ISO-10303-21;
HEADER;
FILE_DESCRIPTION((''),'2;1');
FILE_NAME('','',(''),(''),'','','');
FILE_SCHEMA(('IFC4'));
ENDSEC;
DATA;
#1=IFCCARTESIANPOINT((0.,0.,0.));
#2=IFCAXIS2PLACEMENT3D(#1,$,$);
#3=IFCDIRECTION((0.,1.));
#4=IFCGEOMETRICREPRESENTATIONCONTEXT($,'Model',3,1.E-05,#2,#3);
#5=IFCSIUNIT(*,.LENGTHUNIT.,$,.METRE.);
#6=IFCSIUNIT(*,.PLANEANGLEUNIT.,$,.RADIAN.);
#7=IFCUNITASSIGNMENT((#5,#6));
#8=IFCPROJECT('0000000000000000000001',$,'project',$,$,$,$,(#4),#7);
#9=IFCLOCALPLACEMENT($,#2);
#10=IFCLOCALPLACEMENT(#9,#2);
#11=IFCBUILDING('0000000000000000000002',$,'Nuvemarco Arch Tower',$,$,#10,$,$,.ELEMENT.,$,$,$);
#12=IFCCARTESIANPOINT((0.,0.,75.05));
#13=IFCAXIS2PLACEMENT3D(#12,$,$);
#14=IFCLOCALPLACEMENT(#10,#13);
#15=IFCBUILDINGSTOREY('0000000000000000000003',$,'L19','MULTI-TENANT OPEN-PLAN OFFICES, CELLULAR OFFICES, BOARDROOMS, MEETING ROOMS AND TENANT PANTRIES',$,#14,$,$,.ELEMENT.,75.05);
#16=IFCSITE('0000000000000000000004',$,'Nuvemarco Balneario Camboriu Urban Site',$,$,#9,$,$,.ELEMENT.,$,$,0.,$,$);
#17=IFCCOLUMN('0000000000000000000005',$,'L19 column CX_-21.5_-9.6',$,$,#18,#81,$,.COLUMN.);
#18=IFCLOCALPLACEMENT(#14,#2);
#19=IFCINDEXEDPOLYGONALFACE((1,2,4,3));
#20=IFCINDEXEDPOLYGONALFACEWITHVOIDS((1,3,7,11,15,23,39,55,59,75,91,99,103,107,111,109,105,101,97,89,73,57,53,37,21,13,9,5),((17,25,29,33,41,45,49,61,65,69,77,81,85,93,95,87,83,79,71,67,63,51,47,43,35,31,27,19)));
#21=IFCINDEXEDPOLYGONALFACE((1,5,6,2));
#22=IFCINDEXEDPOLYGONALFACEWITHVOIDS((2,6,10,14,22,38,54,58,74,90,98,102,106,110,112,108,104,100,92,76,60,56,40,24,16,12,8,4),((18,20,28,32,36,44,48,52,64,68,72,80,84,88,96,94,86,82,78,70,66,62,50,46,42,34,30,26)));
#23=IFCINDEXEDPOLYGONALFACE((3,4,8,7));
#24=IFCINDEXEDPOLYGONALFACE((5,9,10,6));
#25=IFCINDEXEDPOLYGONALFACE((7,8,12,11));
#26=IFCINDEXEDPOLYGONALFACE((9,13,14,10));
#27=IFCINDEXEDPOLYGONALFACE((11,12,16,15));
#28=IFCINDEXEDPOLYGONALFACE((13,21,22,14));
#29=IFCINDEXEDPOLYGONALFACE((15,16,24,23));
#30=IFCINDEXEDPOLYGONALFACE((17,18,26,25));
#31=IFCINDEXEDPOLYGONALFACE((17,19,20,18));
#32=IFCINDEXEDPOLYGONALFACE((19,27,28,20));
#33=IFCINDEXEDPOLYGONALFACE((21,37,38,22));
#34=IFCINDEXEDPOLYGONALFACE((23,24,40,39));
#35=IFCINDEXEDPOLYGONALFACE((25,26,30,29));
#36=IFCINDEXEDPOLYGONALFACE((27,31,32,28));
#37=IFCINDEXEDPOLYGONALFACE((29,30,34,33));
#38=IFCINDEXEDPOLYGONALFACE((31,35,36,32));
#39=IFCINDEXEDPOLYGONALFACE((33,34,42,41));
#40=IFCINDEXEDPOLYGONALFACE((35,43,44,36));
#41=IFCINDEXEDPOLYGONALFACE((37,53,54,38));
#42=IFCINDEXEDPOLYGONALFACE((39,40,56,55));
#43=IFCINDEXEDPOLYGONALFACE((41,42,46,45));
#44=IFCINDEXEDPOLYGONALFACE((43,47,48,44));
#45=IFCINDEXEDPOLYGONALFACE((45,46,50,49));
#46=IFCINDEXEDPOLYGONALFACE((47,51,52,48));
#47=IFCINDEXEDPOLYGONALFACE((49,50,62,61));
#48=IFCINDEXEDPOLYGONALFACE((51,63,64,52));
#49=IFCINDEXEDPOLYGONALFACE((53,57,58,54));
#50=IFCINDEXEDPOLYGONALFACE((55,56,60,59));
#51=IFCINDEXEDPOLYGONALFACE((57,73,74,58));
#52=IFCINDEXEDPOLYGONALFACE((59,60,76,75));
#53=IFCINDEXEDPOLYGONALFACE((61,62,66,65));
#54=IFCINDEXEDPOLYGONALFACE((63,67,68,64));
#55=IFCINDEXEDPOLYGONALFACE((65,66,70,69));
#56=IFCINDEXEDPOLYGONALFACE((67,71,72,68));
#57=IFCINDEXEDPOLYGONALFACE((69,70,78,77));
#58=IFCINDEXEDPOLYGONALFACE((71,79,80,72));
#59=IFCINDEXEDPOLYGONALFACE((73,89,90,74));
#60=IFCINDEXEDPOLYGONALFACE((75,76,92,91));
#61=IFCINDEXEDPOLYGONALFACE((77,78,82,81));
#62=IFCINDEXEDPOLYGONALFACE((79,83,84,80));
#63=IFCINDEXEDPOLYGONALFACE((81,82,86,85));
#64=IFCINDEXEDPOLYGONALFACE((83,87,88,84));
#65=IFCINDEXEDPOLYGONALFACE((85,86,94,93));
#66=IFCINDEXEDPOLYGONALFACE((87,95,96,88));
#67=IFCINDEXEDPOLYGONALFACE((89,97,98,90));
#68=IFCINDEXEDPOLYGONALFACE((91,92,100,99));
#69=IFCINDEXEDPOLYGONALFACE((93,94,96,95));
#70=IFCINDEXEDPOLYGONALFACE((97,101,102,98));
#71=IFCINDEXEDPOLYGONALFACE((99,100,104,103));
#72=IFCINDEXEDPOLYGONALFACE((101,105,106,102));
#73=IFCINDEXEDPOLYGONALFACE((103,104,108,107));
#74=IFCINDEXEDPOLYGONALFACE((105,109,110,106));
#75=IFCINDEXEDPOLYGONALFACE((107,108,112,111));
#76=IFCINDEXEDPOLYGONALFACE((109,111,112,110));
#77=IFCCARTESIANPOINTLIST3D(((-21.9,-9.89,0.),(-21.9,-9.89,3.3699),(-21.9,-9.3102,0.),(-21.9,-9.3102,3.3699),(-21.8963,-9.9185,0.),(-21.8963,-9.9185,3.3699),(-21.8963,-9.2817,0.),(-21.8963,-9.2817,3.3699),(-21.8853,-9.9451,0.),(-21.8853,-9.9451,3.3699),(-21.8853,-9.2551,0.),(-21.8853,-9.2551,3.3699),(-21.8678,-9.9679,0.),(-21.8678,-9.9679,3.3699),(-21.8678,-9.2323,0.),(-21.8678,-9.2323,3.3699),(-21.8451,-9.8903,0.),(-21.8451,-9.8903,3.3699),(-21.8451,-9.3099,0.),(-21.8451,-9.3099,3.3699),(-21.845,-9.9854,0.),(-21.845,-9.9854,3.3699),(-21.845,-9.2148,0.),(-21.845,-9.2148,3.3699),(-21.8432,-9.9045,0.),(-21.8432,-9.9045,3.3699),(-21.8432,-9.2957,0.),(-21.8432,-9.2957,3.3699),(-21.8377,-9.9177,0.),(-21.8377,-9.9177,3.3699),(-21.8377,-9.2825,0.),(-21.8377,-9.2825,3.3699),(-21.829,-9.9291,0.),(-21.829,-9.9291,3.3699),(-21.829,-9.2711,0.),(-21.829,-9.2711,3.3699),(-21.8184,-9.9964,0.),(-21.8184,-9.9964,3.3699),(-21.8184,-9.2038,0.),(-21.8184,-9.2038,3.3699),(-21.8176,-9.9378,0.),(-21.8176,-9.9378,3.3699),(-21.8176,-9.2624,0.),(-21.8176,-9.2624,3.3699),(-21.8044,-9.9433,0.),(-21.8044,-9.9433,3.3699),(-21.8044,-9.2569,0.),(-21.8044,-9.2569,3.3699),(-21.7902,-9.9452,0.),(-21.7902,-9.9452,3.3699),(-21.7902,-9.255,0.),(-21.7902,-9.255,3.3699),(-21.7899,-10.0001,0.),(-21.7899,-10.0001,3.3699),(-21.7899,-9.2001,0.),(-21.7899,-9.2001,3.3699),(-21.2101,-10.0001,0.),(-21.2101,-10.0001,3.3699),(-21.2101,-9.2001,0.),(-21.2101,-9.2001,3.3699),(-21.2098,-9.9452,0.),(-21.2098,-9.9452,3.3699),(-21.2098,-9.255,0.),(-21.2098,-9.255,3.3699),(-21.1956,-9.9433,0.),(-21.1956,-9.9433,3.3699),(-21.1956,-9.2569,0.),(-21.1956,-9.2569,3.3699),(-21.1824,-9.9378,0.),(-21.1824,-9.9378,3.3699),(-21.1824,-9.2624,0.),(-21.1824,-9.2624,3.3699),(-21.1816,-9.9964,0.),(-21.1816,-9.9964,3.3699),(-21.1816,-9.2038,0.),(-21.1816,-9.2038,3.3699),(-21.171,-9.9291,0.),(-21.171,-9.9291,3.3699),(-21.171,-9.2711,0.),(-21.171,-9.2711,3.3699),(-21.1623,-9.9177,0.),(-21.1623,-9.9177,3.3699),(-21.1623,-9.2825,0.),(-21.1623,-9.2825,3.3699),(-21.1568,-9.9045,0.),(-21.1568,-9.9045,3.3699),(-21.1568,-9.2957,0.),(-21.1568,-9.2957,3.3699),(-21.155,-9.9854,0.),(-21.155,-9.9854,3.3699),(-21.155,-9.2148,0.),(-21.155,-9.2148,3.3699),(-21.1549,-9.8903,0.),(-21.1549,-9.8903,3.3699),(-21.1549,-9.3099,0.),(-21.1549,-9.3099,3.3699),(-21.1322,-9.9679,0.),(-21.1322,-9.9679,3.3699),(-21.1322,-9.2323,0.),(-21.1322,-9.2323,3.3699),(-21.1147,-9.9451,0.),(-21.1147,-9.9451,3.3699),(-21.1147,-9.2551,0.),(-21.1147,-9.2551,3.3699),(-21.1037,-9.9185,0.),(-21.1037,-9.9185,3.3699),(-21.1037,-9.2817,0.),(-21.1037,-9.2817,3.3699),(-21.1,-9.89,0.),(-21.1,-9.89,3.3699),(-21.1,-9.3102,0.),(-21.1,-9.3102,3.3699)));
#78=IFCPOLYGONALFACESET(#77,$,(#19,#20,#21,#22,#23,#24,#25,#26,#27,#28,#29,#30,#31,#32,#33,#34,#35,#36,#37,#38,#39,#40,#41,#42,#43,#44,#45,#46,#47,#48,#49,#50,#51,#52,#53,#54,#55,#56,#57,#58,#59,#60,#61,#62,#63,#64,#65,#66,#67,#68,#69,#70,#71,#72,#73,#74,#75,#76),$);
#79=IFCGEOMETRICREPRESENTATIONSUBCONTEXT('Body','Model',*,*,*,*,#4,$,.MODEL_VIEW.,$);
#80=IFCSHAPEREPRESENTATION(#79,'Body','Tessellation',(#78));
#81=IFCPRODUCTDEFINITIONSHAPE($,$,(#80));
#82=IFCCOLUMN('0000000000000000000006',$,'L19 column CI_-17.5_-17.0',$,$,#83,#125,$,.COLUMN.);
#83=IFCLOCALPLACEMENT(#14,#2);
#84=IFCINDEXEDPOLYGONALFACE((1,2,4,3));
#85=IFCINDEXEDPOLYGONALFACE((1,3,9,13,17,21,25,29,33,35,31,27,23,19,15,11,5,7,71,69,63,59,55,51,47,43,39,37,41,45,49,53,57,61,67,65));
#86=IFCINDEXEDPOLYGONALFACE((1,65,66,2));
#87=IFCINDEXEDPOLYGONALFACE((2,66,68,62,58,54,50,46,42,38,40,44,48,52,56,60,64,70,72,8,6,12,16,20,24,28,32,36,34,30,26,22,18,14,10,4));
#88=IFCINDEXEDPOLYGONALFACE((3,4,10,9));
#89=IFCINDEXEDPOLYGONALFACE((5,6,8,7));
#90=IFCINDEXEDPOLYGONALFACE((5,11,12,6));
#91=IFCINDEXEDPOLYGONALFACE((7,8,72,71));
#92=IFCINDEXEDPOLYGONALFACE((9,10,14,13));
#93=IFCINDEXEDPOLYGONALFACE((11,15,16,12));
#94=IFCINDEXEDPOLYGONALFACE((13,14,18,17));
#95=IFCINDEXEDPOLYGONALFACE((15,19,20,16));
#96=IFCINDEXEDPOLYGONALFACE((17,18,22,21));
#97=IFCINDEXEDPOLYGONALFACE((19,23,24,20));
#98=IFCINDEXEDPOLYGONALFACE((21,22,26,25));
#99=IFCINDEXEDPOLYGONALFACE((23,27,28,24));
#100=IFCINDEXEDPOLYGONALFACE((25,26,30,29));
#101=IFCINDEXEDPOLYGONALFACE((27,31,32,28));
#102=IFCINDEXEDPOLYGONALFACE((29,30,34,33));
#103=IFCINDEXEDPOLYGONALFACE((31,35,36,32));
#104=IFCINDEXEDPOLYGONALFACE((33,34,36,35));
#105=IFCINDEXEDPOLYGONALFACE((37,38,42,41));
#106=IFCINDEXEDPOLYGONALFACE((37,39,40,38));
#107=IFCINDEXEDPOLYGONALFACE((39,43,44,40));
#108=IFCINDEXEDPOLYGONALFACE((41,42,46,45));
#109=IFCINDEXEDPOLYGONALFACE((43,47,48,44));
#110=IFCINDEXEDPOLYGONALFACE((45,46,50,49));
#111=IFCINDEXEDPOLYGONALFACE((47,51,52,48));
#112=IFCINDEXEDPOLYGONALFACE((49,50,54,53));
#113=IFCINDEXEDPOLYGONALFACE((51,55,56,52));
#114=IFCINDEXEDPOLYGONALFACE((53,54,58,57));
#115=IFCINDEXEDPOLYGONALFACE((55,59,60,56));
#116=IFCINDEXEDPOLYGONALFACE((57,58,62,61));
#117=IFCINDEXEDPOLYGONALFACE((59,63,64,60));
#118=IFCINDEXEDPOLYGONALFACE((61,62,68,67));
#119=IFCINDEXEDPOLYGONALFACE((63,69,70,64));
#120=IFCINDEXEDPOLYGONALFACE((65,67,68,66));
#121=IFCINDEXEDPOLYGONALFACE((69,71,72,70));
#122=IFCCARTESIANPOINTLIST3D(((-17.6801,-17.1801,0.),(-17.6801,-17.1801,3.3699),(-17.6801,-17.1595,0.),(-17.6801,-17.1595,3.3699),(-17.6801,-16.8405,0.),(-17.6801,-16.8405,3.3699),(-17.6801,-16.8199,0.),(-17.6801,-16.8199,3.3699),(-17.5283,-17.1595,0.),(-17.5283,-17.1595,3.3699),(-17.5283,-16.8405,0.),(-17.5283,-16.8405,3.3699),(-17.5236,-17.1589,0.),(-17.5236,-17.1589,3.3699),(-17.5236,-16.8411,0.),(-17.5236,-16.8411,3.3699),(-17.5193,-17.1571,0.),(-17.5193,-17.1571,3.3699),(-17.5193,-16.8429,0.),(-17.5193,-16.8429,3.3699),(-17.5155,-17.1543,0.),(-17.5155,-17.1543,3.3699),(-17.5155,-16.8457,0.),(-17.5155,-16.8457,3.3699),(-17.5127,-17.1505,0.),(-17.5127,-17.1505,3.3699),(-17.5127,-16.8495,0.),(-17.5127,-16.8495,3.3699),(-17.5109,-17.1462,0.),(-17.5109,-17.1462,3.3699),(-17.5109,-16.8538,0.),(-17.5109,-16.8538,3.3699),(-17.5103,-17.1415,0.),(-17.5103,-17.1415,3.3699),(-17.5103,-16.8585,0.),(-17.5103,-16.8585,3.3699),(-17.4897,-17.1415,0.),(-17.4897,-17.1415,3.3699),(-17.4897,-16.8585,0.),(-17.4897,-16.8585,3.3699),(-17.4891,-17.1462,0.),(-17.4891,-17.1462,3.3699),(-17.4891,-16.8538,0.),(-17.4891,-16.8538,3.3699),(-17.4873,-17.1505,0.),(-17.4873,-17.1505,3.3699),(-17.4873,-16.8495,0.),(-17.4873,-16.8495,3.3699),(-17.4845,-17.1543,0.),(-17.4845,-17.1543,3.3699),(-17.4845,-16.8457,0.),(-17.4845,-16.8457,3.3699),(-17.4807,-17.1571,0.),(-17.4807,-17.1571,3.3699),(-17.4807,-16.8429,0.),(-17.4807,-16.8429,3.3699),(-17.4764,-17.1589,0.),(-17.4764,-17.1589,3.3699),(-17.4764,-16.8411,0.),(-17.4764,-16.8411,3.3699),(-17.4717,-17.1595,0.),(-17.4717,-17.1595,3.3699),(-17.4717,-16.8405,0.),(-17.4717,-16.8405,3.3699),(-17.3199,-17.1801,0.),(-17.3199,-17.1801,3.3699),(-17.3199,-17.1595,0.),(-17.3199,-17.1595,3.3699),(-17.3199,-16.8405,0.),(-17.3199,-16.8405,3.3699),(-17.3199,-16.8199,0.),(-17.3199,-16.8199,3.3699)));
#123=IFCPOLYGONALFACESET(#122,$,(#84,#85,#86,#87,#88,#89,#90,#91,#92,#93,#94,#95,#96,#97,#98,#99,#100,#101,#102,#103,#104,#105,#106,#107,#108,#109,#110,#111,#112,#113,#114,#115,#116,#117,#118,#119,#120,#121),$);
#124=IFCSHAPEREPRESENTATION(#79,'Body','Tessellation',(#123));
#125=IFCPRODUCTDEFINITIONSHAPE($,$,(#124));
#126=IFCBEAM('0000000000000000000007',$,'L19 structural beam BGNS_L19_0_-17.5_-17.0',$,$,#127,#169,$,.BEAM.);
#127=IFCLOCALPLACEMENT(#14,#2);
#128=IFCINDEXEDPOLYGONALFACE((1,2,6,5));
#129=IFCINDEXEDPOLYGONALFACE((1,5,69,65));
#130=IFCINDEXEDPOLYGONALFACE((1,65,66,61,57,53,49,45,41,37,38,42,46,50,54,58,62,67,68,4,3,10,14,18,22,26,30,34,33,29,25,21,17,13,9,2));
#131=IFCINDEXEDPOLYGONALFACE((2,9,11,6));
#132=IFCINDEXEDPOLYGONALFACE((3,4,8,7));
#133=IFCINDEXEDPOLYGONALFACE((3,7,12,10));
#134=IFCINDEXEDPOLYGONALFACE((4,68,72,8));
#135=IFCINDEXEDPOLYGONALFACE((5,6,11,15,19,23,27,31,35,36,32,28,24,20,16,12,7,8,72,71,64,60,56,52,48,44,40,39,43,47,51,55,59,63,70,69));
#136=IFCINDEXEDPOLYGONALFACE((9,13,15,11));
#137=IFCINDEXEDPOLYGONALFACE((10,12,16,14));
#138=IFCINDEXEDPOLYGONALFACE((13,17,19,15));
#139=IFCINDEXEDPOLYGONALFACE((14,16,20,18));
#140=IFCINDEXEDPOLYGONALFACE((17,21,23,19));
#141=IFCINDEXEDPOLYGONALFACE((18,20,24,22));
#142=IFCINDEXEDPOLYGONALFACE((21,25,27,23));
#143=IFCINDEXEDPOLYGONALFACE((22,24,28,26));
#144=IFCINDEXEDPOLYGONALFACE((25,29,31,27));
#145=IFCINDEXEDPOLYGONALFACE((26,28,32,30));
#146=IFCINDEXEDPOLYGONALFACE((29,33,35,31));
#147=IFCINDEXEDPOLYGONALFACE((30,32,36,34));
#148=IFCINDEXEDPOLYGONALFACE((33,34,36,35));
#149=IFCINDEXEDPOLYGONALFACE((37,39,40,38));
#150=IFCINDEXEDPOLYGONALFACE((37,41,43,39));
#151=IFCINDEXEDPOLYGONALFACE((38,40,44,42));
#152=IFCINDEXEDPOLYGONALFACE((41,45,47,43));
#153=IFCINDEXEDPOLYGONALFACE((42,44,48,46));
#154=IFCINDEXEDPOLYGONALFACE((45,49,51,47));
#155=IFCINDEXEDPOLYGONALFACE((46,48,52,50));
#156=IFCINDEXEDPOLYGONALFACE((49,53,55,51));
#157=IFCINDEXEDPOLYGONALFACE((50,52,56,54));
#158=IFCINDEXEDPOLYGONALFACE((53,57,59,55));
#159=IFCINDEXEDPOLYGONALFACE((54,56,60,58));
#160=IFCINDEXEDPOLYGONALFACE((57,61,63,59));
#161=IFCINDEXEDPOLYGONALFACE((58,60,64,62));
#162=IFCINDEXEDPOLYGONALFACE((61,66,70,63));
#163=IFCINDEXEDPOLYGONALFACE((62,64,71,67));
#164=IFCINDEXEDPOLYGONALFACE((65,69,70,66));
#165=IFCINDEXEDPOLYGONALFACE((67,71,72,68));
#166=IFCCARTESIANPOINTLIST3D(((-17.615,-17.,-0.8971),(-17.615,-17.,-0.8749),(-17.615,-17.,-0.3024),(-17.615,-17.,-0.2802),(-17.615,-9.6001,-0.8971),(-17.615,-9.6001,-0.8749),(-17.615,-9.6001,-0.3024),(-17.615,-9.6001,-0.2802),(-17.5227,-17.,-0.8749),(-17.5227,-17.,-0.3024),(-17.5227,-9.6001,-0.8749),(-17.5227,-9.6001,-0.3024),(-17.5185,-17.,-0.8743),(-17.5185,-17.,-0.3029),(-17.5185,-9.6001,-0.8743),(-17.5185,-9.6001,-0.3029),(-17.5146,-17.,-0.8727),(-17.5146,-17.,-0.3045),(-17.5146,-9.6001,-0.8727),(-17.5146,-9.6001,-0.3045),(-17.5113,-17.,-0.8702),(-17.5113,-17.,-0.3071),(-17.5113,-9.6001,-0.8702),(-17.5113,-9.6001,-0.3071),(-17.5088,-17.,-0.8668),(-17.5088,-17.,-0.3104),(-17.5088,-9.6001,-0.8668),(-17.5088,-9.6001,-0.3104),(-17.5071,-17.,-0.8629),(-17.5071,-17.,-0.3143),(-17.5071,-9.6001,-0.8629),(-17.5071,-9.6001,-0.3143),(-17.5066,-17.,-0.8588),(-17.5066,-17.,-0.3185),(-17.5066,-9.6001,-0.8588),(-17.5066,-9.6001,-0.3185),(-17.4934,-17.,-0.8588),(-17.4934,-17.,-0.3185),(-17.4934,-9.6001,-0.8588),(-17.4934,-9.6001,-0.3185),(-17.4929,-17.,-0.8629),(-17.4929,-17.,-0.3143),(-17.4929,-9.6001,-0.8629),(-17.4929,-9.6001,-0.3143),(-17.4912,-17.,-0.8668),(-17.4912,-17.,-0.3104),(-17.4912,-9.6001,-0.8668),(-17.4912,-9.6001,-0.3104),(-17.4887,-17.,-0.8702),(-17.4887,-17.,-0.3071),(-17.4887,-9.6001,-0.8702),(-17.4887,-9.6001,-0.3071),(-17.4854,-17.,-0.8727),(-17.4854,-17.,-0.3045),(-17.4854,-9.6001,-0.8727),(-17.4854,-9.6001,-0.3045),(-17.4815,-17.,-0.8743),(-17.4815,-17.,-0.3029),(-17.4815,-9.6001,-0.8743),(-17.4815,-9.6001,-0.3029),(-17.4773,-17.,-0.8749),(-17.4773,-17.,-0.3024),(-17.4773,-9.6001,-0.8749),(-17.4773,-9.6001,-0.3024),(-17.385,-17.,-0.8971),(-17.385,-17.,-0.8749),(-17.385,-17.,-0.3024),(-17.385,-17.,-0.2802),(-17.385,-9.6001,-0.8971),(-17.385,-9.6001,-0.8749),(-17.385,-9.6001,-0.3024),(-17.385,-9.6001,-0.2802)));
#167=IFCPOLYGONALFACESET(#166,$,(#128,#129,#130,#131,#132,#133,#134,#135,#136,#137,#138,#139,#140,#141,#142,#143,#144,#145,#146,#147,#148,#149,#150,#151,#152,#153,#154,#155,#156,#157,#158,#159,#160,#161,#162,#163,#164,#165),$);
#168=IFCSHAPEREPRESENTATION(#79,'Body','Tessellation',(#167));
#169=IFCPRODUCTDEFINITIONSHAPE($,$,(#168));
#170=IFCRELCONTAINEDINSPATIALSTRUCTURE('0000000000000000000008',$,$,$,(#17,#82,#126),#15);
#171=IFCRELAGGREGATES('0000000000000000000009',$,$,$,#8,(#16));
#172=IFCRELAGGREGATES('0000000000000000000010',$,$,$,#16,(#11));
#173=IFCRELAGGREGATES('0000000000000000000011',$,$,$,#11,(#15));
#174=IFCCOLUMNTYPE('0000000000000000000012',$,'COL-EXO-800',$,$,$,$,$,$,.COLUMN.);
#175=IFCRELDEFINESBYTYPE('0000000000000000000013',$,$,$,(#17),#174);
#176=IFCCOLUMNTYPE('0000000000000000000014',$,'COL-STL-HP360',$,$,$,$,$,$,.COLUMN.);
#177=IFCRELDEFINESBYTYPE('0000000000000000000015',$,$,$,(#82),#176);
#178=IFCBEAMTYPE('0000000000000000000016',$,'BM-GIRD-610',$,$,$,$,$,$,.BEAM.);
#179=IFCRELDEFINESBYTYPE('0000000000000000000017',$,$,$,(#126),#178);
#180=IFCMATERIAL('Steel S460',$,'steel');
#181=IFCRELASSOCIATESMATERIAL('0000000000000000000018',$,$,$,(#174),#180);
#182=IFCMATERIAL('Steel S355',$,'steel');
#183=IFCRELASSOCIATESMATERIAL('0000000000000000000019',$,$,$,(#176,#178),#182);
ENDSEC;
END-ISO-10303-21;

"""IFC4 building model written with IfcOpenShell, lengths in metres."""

from ifc_helpers import new_model, si_unit, direction, frame, origin, origin_2d, place, context, subcontext, project, spatial, hollow_rectangle, i_section, extrude, material, material_profile, profile_set, type_object, element, save


model = new_model("IFC4")

# Units and contexts
model_context = context("Model", 3, precision=1e-05, world=origin(), true_north=direction((0.0, 1.0)))
body_context = subcontext(model_context, "Body", "Model", "MODEL_VIEW")
ifc_project = project(units=[si_unit("LENGTHUNIT", "METRE"), si_unit("PLANEANGLEUNIT", "RADIAN")], contexts=[model_context])

# Site, building, storey
site_placement = place(None, origin())
site = spatial("IfcSite", under=ifc_project, at=site_placement, Name="Nuvemarco Balneario Camboriu Urban Site", CompositionType="ELEMENT", RefElevation=0.0)
building_placement = place(site_placement, origin())
building = spatial("IfcBuilding", under=site, at=building_placement, Name="Nuvemarco Arch Tower", CompositionType="ELEMENT")
storey_placement = place(building_placement, frame((0.0, 0.0, 75.05)))
storey = spatial("IfcBuildingStorey", under=building, at=storey_placement, Name="L19", Description="MULTI-TENANT OPEN-PLAN OFFICES, CELLULAR OFFICES, BOARDROOMS, MEETING ROOMS AND TENANT PANTRIES", CompositionType="ELEMENT", Elevation=75.05)

# Columns
ifc_material_1 = material(Name="Steel S460", Category="steel")
ifc_material_profile_1 = material_profile(ifc_material_1, hollow_rectangle(XDim=0.8, YDim=0.8, WallThickness=0.0549, InnerFilletRadius=0.0549, OuterFilletRadius=0.1101, at=origin_2d()), Name="SHS800x800x55")
ifc_profile_set_1 = profile_set([ifc_material_profile_1], Name="Steel S460")
column_type_1 = type_object("IfcColumnType", Name="COL-EXO-800", PredefinedType="COLUMN", material=ifc_profile_set_1)
column_1_placement = place(storey_placement, frame((-21.5, -9.6001, 0.0), z_axis=(0.0, 0.0, 1.0), x_axis=(1.0, 0.0, 0.0)))
element("IfcColumn", 1, at=column_1_placement, inside=storey, type_object=column_type_1, Name="L19 column CX_-21.5_-9.6", PredefinedType="COLUMN", context=body_context, shape_type="SweptSolid", body=[
    extrude(hollow_rectangle(XDim=0.8, YDim=0.8, WallThickness=0.0549, InnerFilletRadius=0.0549, OuterFilletRadius=0.1101, at=origin_2d()), origin(), (0.0, 0.0, 1.0), 3.3699),
])
ifc_material_2 = material(Name="Steel S355", Category="steel")
ifc_material_profile_2 = material_profile(ifc_material_2, i_section(OverallWidth=0.3601, OverallDepth=0.3601, WebThickness=0.0205, FlangeThickness=0.0205, FilletRadius=0.0181, at=origin_2d()), Name="HP360x174")
ifc_profile_set_2 = profile_set([ifc_material_profile_2], Name="Steel S355")
column_type_2 = type_object("IfcColumnType", Name="COL-STL-HP360", PredefinedType="COLUMN", material=ifc_profile_set_2)
column_2_placement = place(storey_placement, frame((-17.5, -17.0, 0.0), z_axis=(0.0, 0.0, 1.0), x_axis=(1.0, 0.0, 0.0)))
element("IfcColumn", 2, at=column_2_placement, inside=storey, type_object=column_type_2, Name="L19 column CI_-17.5_-17.0", PredefinedType="COLUMN", context=body_context, shape_type="SweptSolid", body=[
    extrude(i_section(OverallWidth=0.3601, OverallDepth=0.3601, WebThickness=0.0205, FlangeThickness=0.0205, FilletRadius=0.0181, at=origin_2d()), origin(), (0.0, 0.0, 1.0), 3.3699),
])

# Beam
ifc_material_profile_3 = material_profile(ifc_material_2, i_section(OverallWidth=0.23, OverallDepth=0.6169, WebThickness=0.0132, FlangeThickness=0.0222, FilletRadius=0.0161, at=origin_2d()), Name="W610x140")
ifc_profile_set_3 = profile_set([ifc_material_profile_3], Name="Steel S355")
beam_type_1 = type_object("IfcBeamType", Name="BM-GIRD-610", PredefinedType="BEAM", material=ifc_profile_set_3)
beam_1_placement = place(storey_placement, frame((-17.5, -17.0, -0.5886), z_axis=(0.0, 1.0, 0.0), x_axis=(-1.0, 0.0, 0.0)))
element("IfcBeam", 3, at=beam_1_placement, inside=storey, type_object=beam_type_1, Name="L19 structural beam BGNS_L19_0_-17.5_-17.0", PredefinedType="BEAM", context=body_context, shape_type="SweptSolid", body=[
    extrude(i_section(OverallWidth=0.23, OverallDepth=0.6169, WebThickness=0.0132, FlangeThickness=0.0222, FilletRadius=0.0161, at=origin_2d()), origin(), (0.0, 0.0, 1.0), 7.3999),
])

save(model, "model.ifc")
